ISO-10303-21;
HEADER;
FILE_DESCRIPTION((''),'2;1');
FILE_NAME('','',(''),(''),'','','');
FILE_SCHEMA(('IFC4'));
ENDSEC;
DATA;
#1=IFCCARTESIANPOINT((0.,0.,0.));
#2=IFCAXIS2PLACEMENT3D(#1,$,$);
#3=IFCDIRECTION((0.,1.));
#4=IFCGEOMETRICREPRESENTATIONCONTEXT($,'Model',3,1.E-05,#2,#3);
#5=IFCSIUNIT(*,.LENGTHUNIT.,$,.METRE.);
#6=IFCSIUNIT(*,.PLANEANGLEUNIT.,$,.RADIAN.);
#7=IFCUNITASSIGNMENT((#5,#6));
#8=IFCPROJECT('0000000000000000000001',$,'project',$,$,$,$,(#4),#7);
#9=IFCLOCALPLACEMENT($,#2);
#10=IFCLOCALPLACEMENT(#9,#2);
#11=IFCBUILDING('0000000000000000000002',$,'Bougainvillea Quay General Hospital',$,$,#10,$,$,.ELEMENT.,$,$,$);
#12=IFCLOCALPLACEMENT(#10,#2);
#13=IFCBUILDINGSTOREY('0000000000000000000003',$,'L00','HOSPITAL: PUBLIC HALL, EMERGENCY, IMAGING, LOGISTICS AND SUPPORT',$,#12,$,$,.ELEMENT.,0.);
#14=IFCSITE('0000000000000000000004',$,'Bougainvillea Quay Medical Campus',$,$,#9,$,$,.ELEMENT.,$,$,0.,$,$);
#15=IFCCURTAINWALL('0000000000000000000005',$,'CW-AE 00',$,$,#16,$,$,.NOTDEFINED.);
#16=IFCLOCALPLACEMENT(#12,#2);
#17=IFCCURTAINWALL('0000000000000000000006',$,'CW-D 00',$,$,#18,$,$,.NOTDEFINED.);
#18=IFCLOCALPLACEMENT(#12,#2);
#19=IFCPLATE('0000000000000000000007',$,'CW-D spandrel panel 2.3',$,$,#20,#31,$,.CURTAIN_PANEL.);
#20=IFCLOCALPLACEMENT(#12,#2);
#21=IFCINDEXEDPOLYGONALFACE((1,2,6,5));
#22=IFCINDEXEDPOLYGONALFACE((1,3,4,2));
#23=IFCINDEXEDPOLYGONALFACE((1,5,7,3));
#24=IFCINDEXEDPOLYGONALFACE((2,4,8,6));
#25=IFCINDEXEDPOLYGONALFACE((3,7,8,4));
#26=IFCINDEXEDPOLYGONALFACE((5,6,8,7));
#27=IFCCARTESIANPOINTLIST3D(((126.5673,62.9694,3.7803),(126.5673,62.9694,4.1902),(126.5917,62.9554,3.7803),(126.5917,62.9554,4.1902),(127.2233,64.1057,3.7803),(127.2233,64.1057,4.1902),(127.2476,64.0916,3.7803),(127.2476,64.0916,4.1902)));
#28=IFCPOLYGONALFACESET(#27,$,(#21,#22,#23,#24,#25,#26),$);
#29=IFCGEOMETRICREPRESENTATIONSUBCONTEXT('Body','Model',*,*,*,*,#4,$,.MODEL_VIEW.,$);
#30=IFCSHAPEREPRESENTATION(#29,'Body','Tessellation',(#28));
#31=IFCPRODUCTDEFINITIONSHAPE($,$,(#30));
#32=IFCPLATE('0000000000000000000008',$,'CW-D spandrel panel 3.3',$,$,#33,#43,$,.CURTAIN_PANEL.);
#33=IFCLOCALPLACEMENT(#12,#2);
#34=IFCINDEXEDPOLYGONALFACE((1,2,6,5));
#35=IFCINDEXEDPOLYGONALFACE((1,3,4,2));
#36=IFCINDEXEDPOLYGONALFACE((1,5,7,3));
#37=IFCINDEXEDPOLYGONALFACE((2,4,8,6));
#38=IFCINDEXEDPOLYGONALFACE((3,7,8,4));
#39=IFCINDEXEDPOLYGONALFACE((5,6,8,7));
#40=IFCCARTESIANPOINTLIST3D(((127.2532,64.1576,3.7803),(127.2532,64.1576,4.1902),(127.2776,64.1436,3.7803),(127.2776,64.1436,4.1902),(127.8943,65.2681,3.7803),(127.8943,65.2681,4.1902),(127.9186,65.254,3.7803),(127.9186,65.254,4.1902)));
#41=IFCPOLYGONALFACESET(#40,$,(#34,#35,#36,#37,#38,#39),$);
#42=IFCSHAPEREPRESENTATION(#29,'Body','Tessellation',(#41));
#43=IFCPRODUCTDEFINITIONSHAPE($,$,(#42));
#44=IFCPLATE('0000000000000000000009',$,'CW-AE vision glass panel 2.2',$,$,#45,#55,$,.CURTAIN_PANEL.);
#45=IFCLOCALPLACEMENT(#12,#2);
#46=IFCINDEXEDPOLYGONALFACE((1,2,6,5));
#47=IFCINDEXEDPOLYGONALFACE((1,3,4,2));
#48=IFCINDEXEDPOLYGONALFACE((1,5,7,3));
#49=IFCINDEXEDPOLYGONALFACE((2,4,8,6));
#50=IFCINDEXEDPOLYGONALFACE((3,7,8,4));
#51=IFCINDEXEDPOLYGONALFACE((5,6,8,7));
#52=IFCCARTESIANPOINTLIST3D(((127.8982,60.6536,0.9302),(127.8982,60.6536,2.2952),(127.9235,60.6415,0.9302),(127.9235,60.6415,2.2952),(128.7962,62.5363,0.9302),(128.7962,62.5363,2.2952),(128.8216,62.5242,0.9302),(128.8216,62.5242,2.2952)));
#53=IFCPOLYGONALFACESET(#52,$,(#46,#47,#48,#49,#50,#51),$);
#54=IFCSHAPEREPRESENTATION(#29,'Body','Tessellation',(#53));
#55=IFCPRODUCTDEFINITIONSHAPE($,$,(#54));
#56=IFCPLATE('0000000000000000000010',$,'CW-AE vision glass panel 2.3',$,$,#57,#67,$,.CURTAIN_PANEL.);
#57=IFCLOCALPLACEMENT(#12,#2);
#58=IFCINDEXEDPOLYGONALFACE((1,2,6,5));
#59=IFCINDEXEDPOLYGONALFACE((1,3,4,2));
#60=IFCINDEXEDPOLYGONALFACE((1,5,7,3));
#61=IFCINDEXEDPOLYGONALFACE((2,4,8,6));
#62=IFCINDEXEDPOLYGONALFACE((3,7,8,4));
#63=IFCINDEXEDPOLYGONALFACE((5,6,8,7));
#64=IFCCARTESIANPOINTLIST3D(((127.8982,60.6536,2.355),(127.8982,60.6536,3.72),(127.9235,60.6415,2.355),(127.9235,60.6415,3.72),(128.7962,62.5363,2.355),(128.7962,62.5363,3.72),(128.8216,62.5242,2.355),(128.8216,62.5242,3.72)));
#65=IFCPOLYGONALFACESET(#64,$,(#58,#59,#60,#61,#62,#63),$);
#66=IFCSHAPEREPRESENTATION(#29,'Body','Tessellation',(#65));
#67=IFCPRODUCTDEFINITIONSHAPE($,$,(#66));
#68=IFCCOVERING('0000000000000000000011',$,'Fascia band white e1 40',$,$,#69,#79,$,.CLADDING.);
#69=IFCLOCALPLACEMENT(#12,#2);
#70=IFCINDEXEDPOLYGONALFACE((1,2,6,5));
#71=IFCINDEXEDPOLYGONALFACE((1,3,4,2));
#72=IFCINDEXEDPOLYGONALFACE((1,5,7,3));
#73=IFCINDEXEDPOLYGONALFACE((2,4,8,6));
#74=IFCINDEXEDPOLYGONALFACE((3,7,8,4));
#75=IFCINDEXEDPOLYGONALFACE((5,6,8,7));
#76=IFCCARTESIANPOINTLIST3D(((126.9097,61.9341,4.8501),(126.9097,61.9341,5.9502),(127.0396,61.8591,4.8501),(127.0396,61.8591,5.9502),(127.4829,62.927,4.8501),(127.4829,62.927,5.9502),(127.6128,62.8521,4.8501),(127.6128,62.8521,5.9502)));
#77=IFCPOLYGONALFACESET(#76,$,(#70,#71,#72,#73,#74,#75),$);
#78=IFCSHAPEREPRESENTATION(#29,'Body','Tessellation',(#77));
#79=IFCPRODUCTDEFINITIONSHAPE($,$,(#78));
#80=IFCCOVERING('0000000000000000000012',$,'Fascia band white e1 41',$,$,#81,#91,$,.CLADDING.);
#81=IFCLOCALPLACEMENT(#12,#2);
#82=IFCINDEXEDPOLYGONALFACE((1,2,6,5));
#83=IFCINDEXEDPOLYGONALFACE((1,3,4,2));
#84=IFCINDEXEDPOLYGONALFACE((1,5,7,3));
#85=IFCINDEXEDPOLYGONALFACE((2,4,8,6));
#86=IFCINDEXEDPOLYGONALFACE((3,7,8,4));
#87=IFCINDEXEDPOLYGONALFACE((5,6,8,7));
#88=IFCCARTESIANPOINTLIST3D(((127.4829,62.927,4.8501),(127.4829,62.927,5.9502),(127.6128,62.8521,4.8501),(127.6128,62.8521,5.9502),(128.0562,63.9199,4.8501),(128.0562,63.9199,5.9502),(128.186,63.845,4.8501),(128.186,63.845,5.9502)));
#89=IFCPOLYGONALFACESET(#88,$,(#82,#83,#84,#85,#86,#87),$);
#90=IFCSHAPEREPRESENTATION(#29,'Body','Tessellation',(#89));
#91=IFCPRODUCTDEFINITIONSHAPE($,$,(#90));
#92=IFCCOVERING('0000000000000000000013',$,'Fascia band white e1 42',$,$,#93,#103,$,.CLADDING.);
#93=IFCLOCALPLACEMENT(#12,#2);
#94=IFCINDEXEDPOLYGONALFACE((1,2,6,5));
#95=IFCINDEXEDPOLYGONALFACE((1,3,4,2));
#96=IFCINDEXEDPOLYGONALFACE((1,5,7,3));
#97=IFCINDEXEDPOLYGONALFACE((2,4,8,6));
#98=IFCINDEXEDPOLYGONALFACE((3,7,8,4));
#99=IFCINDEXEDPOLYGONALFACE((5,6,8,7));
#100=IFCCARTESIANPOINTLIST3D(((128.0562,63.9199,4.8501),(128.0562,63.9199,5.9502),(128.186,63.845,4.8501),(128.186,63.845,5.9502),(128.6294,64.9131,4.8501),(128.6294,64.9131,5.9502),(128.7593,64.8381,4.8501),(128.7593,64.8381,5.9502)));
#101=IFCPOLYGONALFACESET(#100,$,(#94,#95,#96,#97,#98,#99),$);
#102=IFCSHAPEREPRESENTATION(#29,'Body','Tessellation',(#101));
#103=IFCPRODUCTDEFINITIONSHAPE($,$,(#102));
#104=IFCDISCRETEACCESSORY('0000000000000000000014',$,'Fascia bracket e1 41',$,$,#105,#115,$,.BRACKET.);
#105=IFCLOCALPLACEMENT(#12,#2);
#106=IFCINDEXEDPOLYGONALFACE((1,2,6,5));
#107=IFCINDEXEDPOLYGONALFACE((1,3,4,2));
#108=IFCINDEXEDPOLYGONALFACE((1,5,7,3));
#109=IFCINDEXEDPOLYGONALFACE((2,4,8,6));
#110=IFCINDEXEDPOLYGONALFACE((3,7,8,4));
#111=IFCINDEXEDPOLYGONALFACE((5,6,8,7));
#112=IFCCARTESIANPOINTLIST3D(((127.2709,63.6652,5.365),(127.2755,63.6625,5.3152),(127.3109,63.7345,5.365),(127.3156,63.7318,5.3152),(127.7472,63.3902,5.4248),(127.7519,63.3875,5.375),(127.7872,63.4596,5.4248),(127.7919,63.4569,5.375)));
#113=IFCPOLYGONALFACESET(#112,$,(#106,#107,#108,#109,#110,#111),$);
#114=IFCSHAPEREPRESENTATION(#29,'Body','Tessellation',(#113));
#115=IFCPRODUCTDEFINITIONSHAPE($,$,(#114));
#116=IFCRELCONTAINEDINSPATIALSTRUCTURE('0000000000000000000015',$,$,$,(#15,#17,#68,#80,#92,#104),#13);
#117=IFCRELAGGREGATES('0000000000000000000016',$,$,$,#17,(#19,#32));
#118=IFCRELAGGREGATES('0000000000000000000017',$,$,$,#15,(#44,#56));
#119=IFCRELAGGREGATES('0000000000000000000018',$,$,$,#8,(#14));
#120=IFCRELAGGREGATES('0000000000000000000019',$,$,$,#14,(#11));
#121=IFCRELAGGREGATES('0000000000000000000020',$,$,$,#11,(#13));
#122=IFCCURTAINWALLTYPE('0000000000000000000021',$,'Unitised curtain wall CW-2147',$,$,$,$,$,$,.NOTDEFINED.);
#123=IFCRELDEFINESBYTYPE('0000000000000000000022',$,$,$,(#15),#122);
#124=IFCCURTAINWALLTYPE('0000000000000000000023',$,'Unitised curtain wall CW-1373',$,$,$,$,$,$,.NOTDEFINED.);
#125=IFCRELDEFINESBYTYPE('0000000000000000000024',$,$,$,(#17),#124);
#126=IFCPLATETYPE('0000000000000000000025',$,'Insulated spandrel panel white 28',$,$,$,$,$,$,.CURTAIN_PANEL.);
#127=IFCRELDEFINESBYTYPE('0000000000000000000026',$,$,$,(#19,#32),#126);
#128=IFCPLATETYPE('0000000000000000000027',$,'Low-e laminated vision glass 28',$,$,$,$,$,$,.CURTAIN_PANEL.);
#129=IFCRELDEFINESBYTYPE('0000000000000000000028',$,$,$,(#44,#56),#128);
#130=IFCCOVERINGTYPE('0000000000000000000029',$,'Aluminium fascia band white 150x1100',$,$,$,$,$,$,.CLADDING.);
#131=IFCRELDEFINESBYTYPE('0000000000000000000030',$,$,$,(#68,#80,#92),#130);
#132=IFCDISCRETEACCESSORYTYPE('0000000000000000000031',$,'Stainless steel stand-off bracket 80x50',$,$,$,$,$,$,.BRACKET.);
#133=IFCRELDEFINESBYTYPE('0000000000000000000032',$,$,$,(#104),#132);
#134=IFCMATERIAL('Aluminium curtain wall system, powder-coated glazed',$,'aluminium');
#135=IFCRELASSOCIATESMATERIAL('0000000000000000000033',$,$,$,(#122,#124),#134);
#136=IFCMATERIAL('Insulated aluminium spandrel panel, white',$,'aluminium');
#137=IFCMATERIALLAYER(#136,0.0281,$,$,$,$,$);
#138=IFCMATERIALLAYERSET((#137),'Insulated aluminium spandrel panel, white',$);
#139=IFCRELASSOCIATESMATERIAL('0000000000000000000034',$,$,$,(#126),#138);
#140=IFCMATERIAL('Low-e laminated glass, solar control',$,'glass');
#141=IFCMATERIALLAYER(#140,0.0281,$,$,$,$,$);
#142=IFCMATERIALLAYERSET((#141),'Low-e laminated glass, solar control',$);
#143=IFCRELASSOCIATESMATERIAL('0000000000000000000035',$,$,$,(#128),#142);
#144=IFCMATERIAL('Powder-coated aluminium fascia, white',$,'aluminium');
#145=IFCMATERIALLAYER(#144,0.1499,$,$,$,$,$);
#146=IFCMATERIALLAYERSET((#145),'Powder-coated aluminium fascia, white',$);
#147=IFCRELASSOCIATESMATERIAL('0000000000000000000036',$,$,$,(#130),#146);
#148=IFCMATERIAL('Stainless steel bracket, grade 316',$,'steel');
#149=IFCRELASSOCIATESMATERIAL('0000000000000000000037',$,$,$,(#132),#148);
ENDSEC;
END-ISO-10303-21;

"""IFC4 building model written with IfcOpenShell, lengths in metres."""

from ifc_helpers import new_model, si_unit, direction, frame, origin, origin_2d, place, context, subcontext, project, spatial, polyline, rectangle, outline, extrude, material, layer, layer_set, material_profile, profile_set, type_object, element, aggregate, save


model = new_model("IFC4")

# Units and contexts
model_context = context("Model", 3, precision=1e-05, world=origin(), true_north=direction((0.0, 1.0)))
body_context = subcontext(model_context, "Body", "Model", "MODEL_VIEW")
ifc_project = project(units=[si_unit("LENGTHUNIT", "METRE"), si_unit("PLANEANGLEUNIT", "RADIAN")], contexts=[model_context])

# Site, building, storey
site_placement = place(None, origin())
site = spatial("IfcSite", under=ifc_project, at=site_placement, Name="Bougainvillea Quay Medical Campus", CompositionType="ELEMENT", RefElevation=0.0)
building_placement = place(site_placement, origin())
building = spatial("IfcBuilding", under=site, at=building_placement, Name="Bougainvillea Quay General Hospital", CompositionType="ELEMENT")
storey_placement = place(building_placement, origin())
storey = spatial("IfcBuildingStorey", under=building, at=storey_placement, Name="L00", Description="HOSPITAL: PUBLIC HALL, EMERGENCY, IMAGING, LOGISTICS AND SUPPORT", CompositionType="ELEMENT", Elevation=0.0)

# Curtain walls
ifc_material_1 = material(Name="Aluminium curtain wall system, powder-coated glazed", Category="aluminium")
curtain_wall_type_1 = type_object("IfcCurtainWallType", Name="Unitised curtain wall CW-2147", PredefinedType="NOTDEFINED", material=ifc_material_1)
curtain_wall_1_placement = place(storey_placement, origin())
curtain_wall_1 = element("IfcCurtainWall", 1, at=curtain_wall_1_placement, inside=storey, type_object=curtain_wall_type_1, Name="CW-AE 00", PredefinedType="NOTDEFINED")
curtain_wall_type_2 = type_object("IfcCurtainWallType", Name="Unitised curtain wall CW-1373", PredefinedType="NOTDEFINED", material=ifc_material_1)
curtain_wall_2_placement = place(storey_placement, origin())
curtain_wall_2 = element("IfcCurtainWall", 2, at=curtain_wall_2_placement, inside=storey, type_object=curtain_wall_type_2, Name="CW-D 00", PredefinedType="NOTDEFINED")

# Plates
ifc_material_2 = material(Name="Insulated aluminium spandrel panel, white", Category="aluminium")
ifc_layer_1 = layer(ifc_material_2, 0.0281)
ifc_layer_set_1 = layer_set([ifc_layer_1], Name="Insulated aluminium spandrel panel, white")
plate_type_1 = type_object("IfcPlateType", Name="Insulated spandrel panel white 28", PredefinedType="CURTAIN_PANEL", material=ifc_layer_set_1)
plate_1_placement = place(storey_placement, frame((126.9075, 63.5305, 3.7803), z_axis=(0.0, 0.0, 1.0), x_axis=(0.499962, 0.866048, 0.0)))
plate_1 = element("IfcPlate", 3, at=plate_1_placement, type_object=plate_type_1, Name="CW-D spandrel panel 2.3", PredefinedType="CURTAIN_PANEL", context=body_context, shape_type="SweptSolid", body=[
    extrude(rectangle(XDim=1.312, YDim=0.0281, at=origin_2d()), origin(), (0.0, 0.0, 1.0), 0.4099),
])
plate_2_placement = place(storey_placement, frame((127.5859, 64.7058, 3.7803), z_axis=(0.0, 0.0, 1.0), x_axis=(0.499962, 0.866048, 0.0)))
plate_2 = element("IfcPlate", 4, at=plate_2_placement, type_object=plate_type_1, Name="CW-D spandrel panel 3.3", PredefinedType="CURTAIN_PANEL", context=body_context, shape_type="SweptSolid", body=[
    extrude(rectangle(XDim=1.2822, YDim=0.0281, at=origin_2d()), origin(), (0.0, 0.0, 1.0), 0.4099),
])
aggregate(curtain_wall_2, [plate_1, plate_2])
ifc_material_3 = material(Name="Low-e laminated glass, solar control", Category="glass")
ifc_layer_2 = layer(ifc_material_3, 0.0281)
ifc_layer_set_2 = layer_set([ifc_layer_2], Name="Low-e laminated glass, solar control")
plate_type_2 = type_object("IfcPlateType", Name="Low-e laminated vision glass 28", PredefinedType="CURTAIN_PANEL", material=ifc_layer_set_2)
plate_3_placement = place(storey_placement, frame((128.3599, 61.5889, 0.9302), z_axis=(0.0, 0.0, 1.0), x_axis=(-0.43053, -0.902576, 0.0)))
plate_3 = element("IfcPlate", 5, at=plate_3_placement, type_object=plate_type_2, Name="CW-AE vision glass panel 2.2", PredefinedType="CURTAIN_PANEL", context=body_context, shape_type="SweptSolid", body=[
    extrude(rectangle(XDim=2.0859, YDim=0.0281, at=origin_2d()), origin(), (0.0, 0.0, 1.0), 1.365),
])
plate_4_placement = place(storey_placement, frame((128.3599, 61.5889, 2.355), z_axis=(0.0, 0.0, 1.0), x_axis=(-0.43053, -0.902576, 0.0)))
plate_4 = element("IfcPlate", 6, at=plate_4_placement, type_object=plate_type_2, Name="CW-AE vision glass panel 2.3", PredefinedType="CURTAIN_PANEL", context=body_context, shape_type="SweptSolid", body=[
    extrude(rectangle(XDim=2.0859, YDim=0.0281, at=origin_2d()), origin(), (0.0, 0.0, 1.0), 1.365),
])
aggregate(curtain_wall_1, [plate_3, plate_4])

# Coverings
ifc_material_4 = material(Name="Powder-coated aluminium fascia, white", Category="aluminium")
ifc_layer_3 = layer(ifc_material_4, 0.1499)
ifc_layer_set_3 = layer_set([ifc_layer_3], Name="Powder-coated aluminium fascia, white")
covering_type = type_object("IfcCoveringType", Name="Aluminium fascia band white 150x1100", PredefinedType="CLADDING", material=ifc_layer_set_3)
for number, where, z_axis, x_axis, name in (
    (7, (126.9097, 61.9341, 4.8501), (0.0, 0.0, 1.0), (0.499987, 0.866033, 0.0), "Fascia band white e1 40"),
    (8, (127.4829, 62.927, 4.8501), (0.0, 0.0, 1.0), (0.499987, 0.866033, 0.0), "Fascia band white e1 41"),
):
    element("IfcCovering", number, at=place(storey_placement, frame(where, z_axis=z_axis, x_axis=x_axis)), inside=storey, type_object=covering_type, Name=name, PredefinedType="CLADDING", context=body_context, shape_type="SweptSolid", body=[
        extrude(outline(polyline([(0.0, 0.0), (1.1465, 0.0), (1.1465, -0.15), (0.0, -0.15), (0.0, 0.0)])), origin(), (0.0, 0.0, 1.0), 1.1001),
    ])
covering_placement = place(storey_placement, frame((128.0562, 63.9199, 4.8501), z_axis=(0.0, 0.0, 1.0), x_axis=(0.499894, 0.866086, 0.0)))
element("IfcCovering", 9, at=covering_placement, inside=storey, type_object=covering_type, Name="Fascia band white e1 42", PredefinedType="CLADDING", context=body_context, shape_type="SweptSolid", body=[
    extrude(outline(polyline([(0.0, 0.0), (1.1467, 0.0), (1.1467, -0.15), (0.0, -0.15), (0.0, 0.0)])), origin(), (0.0, 0.0, 1.0), 1.1001),
])

# Discrete accessory
ifc_material_5 = material(Name="Stainless steel bracket, grade 316", Category="steel")
ifc_material_profile_1 = material_profile(ifc_material_5, rectangle(XDim=0.0801, YDim=0.05, at=origin_2d()))
ifc_profile_set_1 = profile_set([ifc_material_profile_1], Name="Stainless steel bracket, grade 316")
discrete_accessory_type = type_object("IfcDiscreteAccessoryType", Name="Stainless steel stand-off bracket 80x50", PredefinedType="BRACKET", material=ifc_profile_set_1)
discrete_accessory_placement = place(storey_placement, frame((127.2932, 63.6985, 5.3401), z_axis=(0.861027, -0.496933, 0.108125), x_axis=(0.499863, 0.866104, 0.0)))
element("IfcDiscreteAccessory", 10, at=discrete_accessory_placement, inside=storey, type_object=discrete_accessory_type, Name="Fascia bracket e1 41", PredefinedType="BRACKET", context=body_context, shape_type="SweptSolid", body=[
    extrude(rectangle(XDim=0.0801, YDim=0.05, at=origin_2d()), origin(), (0.0, 0.0, 1.0), 0.5532),
])

save(model, "model.ifc")
